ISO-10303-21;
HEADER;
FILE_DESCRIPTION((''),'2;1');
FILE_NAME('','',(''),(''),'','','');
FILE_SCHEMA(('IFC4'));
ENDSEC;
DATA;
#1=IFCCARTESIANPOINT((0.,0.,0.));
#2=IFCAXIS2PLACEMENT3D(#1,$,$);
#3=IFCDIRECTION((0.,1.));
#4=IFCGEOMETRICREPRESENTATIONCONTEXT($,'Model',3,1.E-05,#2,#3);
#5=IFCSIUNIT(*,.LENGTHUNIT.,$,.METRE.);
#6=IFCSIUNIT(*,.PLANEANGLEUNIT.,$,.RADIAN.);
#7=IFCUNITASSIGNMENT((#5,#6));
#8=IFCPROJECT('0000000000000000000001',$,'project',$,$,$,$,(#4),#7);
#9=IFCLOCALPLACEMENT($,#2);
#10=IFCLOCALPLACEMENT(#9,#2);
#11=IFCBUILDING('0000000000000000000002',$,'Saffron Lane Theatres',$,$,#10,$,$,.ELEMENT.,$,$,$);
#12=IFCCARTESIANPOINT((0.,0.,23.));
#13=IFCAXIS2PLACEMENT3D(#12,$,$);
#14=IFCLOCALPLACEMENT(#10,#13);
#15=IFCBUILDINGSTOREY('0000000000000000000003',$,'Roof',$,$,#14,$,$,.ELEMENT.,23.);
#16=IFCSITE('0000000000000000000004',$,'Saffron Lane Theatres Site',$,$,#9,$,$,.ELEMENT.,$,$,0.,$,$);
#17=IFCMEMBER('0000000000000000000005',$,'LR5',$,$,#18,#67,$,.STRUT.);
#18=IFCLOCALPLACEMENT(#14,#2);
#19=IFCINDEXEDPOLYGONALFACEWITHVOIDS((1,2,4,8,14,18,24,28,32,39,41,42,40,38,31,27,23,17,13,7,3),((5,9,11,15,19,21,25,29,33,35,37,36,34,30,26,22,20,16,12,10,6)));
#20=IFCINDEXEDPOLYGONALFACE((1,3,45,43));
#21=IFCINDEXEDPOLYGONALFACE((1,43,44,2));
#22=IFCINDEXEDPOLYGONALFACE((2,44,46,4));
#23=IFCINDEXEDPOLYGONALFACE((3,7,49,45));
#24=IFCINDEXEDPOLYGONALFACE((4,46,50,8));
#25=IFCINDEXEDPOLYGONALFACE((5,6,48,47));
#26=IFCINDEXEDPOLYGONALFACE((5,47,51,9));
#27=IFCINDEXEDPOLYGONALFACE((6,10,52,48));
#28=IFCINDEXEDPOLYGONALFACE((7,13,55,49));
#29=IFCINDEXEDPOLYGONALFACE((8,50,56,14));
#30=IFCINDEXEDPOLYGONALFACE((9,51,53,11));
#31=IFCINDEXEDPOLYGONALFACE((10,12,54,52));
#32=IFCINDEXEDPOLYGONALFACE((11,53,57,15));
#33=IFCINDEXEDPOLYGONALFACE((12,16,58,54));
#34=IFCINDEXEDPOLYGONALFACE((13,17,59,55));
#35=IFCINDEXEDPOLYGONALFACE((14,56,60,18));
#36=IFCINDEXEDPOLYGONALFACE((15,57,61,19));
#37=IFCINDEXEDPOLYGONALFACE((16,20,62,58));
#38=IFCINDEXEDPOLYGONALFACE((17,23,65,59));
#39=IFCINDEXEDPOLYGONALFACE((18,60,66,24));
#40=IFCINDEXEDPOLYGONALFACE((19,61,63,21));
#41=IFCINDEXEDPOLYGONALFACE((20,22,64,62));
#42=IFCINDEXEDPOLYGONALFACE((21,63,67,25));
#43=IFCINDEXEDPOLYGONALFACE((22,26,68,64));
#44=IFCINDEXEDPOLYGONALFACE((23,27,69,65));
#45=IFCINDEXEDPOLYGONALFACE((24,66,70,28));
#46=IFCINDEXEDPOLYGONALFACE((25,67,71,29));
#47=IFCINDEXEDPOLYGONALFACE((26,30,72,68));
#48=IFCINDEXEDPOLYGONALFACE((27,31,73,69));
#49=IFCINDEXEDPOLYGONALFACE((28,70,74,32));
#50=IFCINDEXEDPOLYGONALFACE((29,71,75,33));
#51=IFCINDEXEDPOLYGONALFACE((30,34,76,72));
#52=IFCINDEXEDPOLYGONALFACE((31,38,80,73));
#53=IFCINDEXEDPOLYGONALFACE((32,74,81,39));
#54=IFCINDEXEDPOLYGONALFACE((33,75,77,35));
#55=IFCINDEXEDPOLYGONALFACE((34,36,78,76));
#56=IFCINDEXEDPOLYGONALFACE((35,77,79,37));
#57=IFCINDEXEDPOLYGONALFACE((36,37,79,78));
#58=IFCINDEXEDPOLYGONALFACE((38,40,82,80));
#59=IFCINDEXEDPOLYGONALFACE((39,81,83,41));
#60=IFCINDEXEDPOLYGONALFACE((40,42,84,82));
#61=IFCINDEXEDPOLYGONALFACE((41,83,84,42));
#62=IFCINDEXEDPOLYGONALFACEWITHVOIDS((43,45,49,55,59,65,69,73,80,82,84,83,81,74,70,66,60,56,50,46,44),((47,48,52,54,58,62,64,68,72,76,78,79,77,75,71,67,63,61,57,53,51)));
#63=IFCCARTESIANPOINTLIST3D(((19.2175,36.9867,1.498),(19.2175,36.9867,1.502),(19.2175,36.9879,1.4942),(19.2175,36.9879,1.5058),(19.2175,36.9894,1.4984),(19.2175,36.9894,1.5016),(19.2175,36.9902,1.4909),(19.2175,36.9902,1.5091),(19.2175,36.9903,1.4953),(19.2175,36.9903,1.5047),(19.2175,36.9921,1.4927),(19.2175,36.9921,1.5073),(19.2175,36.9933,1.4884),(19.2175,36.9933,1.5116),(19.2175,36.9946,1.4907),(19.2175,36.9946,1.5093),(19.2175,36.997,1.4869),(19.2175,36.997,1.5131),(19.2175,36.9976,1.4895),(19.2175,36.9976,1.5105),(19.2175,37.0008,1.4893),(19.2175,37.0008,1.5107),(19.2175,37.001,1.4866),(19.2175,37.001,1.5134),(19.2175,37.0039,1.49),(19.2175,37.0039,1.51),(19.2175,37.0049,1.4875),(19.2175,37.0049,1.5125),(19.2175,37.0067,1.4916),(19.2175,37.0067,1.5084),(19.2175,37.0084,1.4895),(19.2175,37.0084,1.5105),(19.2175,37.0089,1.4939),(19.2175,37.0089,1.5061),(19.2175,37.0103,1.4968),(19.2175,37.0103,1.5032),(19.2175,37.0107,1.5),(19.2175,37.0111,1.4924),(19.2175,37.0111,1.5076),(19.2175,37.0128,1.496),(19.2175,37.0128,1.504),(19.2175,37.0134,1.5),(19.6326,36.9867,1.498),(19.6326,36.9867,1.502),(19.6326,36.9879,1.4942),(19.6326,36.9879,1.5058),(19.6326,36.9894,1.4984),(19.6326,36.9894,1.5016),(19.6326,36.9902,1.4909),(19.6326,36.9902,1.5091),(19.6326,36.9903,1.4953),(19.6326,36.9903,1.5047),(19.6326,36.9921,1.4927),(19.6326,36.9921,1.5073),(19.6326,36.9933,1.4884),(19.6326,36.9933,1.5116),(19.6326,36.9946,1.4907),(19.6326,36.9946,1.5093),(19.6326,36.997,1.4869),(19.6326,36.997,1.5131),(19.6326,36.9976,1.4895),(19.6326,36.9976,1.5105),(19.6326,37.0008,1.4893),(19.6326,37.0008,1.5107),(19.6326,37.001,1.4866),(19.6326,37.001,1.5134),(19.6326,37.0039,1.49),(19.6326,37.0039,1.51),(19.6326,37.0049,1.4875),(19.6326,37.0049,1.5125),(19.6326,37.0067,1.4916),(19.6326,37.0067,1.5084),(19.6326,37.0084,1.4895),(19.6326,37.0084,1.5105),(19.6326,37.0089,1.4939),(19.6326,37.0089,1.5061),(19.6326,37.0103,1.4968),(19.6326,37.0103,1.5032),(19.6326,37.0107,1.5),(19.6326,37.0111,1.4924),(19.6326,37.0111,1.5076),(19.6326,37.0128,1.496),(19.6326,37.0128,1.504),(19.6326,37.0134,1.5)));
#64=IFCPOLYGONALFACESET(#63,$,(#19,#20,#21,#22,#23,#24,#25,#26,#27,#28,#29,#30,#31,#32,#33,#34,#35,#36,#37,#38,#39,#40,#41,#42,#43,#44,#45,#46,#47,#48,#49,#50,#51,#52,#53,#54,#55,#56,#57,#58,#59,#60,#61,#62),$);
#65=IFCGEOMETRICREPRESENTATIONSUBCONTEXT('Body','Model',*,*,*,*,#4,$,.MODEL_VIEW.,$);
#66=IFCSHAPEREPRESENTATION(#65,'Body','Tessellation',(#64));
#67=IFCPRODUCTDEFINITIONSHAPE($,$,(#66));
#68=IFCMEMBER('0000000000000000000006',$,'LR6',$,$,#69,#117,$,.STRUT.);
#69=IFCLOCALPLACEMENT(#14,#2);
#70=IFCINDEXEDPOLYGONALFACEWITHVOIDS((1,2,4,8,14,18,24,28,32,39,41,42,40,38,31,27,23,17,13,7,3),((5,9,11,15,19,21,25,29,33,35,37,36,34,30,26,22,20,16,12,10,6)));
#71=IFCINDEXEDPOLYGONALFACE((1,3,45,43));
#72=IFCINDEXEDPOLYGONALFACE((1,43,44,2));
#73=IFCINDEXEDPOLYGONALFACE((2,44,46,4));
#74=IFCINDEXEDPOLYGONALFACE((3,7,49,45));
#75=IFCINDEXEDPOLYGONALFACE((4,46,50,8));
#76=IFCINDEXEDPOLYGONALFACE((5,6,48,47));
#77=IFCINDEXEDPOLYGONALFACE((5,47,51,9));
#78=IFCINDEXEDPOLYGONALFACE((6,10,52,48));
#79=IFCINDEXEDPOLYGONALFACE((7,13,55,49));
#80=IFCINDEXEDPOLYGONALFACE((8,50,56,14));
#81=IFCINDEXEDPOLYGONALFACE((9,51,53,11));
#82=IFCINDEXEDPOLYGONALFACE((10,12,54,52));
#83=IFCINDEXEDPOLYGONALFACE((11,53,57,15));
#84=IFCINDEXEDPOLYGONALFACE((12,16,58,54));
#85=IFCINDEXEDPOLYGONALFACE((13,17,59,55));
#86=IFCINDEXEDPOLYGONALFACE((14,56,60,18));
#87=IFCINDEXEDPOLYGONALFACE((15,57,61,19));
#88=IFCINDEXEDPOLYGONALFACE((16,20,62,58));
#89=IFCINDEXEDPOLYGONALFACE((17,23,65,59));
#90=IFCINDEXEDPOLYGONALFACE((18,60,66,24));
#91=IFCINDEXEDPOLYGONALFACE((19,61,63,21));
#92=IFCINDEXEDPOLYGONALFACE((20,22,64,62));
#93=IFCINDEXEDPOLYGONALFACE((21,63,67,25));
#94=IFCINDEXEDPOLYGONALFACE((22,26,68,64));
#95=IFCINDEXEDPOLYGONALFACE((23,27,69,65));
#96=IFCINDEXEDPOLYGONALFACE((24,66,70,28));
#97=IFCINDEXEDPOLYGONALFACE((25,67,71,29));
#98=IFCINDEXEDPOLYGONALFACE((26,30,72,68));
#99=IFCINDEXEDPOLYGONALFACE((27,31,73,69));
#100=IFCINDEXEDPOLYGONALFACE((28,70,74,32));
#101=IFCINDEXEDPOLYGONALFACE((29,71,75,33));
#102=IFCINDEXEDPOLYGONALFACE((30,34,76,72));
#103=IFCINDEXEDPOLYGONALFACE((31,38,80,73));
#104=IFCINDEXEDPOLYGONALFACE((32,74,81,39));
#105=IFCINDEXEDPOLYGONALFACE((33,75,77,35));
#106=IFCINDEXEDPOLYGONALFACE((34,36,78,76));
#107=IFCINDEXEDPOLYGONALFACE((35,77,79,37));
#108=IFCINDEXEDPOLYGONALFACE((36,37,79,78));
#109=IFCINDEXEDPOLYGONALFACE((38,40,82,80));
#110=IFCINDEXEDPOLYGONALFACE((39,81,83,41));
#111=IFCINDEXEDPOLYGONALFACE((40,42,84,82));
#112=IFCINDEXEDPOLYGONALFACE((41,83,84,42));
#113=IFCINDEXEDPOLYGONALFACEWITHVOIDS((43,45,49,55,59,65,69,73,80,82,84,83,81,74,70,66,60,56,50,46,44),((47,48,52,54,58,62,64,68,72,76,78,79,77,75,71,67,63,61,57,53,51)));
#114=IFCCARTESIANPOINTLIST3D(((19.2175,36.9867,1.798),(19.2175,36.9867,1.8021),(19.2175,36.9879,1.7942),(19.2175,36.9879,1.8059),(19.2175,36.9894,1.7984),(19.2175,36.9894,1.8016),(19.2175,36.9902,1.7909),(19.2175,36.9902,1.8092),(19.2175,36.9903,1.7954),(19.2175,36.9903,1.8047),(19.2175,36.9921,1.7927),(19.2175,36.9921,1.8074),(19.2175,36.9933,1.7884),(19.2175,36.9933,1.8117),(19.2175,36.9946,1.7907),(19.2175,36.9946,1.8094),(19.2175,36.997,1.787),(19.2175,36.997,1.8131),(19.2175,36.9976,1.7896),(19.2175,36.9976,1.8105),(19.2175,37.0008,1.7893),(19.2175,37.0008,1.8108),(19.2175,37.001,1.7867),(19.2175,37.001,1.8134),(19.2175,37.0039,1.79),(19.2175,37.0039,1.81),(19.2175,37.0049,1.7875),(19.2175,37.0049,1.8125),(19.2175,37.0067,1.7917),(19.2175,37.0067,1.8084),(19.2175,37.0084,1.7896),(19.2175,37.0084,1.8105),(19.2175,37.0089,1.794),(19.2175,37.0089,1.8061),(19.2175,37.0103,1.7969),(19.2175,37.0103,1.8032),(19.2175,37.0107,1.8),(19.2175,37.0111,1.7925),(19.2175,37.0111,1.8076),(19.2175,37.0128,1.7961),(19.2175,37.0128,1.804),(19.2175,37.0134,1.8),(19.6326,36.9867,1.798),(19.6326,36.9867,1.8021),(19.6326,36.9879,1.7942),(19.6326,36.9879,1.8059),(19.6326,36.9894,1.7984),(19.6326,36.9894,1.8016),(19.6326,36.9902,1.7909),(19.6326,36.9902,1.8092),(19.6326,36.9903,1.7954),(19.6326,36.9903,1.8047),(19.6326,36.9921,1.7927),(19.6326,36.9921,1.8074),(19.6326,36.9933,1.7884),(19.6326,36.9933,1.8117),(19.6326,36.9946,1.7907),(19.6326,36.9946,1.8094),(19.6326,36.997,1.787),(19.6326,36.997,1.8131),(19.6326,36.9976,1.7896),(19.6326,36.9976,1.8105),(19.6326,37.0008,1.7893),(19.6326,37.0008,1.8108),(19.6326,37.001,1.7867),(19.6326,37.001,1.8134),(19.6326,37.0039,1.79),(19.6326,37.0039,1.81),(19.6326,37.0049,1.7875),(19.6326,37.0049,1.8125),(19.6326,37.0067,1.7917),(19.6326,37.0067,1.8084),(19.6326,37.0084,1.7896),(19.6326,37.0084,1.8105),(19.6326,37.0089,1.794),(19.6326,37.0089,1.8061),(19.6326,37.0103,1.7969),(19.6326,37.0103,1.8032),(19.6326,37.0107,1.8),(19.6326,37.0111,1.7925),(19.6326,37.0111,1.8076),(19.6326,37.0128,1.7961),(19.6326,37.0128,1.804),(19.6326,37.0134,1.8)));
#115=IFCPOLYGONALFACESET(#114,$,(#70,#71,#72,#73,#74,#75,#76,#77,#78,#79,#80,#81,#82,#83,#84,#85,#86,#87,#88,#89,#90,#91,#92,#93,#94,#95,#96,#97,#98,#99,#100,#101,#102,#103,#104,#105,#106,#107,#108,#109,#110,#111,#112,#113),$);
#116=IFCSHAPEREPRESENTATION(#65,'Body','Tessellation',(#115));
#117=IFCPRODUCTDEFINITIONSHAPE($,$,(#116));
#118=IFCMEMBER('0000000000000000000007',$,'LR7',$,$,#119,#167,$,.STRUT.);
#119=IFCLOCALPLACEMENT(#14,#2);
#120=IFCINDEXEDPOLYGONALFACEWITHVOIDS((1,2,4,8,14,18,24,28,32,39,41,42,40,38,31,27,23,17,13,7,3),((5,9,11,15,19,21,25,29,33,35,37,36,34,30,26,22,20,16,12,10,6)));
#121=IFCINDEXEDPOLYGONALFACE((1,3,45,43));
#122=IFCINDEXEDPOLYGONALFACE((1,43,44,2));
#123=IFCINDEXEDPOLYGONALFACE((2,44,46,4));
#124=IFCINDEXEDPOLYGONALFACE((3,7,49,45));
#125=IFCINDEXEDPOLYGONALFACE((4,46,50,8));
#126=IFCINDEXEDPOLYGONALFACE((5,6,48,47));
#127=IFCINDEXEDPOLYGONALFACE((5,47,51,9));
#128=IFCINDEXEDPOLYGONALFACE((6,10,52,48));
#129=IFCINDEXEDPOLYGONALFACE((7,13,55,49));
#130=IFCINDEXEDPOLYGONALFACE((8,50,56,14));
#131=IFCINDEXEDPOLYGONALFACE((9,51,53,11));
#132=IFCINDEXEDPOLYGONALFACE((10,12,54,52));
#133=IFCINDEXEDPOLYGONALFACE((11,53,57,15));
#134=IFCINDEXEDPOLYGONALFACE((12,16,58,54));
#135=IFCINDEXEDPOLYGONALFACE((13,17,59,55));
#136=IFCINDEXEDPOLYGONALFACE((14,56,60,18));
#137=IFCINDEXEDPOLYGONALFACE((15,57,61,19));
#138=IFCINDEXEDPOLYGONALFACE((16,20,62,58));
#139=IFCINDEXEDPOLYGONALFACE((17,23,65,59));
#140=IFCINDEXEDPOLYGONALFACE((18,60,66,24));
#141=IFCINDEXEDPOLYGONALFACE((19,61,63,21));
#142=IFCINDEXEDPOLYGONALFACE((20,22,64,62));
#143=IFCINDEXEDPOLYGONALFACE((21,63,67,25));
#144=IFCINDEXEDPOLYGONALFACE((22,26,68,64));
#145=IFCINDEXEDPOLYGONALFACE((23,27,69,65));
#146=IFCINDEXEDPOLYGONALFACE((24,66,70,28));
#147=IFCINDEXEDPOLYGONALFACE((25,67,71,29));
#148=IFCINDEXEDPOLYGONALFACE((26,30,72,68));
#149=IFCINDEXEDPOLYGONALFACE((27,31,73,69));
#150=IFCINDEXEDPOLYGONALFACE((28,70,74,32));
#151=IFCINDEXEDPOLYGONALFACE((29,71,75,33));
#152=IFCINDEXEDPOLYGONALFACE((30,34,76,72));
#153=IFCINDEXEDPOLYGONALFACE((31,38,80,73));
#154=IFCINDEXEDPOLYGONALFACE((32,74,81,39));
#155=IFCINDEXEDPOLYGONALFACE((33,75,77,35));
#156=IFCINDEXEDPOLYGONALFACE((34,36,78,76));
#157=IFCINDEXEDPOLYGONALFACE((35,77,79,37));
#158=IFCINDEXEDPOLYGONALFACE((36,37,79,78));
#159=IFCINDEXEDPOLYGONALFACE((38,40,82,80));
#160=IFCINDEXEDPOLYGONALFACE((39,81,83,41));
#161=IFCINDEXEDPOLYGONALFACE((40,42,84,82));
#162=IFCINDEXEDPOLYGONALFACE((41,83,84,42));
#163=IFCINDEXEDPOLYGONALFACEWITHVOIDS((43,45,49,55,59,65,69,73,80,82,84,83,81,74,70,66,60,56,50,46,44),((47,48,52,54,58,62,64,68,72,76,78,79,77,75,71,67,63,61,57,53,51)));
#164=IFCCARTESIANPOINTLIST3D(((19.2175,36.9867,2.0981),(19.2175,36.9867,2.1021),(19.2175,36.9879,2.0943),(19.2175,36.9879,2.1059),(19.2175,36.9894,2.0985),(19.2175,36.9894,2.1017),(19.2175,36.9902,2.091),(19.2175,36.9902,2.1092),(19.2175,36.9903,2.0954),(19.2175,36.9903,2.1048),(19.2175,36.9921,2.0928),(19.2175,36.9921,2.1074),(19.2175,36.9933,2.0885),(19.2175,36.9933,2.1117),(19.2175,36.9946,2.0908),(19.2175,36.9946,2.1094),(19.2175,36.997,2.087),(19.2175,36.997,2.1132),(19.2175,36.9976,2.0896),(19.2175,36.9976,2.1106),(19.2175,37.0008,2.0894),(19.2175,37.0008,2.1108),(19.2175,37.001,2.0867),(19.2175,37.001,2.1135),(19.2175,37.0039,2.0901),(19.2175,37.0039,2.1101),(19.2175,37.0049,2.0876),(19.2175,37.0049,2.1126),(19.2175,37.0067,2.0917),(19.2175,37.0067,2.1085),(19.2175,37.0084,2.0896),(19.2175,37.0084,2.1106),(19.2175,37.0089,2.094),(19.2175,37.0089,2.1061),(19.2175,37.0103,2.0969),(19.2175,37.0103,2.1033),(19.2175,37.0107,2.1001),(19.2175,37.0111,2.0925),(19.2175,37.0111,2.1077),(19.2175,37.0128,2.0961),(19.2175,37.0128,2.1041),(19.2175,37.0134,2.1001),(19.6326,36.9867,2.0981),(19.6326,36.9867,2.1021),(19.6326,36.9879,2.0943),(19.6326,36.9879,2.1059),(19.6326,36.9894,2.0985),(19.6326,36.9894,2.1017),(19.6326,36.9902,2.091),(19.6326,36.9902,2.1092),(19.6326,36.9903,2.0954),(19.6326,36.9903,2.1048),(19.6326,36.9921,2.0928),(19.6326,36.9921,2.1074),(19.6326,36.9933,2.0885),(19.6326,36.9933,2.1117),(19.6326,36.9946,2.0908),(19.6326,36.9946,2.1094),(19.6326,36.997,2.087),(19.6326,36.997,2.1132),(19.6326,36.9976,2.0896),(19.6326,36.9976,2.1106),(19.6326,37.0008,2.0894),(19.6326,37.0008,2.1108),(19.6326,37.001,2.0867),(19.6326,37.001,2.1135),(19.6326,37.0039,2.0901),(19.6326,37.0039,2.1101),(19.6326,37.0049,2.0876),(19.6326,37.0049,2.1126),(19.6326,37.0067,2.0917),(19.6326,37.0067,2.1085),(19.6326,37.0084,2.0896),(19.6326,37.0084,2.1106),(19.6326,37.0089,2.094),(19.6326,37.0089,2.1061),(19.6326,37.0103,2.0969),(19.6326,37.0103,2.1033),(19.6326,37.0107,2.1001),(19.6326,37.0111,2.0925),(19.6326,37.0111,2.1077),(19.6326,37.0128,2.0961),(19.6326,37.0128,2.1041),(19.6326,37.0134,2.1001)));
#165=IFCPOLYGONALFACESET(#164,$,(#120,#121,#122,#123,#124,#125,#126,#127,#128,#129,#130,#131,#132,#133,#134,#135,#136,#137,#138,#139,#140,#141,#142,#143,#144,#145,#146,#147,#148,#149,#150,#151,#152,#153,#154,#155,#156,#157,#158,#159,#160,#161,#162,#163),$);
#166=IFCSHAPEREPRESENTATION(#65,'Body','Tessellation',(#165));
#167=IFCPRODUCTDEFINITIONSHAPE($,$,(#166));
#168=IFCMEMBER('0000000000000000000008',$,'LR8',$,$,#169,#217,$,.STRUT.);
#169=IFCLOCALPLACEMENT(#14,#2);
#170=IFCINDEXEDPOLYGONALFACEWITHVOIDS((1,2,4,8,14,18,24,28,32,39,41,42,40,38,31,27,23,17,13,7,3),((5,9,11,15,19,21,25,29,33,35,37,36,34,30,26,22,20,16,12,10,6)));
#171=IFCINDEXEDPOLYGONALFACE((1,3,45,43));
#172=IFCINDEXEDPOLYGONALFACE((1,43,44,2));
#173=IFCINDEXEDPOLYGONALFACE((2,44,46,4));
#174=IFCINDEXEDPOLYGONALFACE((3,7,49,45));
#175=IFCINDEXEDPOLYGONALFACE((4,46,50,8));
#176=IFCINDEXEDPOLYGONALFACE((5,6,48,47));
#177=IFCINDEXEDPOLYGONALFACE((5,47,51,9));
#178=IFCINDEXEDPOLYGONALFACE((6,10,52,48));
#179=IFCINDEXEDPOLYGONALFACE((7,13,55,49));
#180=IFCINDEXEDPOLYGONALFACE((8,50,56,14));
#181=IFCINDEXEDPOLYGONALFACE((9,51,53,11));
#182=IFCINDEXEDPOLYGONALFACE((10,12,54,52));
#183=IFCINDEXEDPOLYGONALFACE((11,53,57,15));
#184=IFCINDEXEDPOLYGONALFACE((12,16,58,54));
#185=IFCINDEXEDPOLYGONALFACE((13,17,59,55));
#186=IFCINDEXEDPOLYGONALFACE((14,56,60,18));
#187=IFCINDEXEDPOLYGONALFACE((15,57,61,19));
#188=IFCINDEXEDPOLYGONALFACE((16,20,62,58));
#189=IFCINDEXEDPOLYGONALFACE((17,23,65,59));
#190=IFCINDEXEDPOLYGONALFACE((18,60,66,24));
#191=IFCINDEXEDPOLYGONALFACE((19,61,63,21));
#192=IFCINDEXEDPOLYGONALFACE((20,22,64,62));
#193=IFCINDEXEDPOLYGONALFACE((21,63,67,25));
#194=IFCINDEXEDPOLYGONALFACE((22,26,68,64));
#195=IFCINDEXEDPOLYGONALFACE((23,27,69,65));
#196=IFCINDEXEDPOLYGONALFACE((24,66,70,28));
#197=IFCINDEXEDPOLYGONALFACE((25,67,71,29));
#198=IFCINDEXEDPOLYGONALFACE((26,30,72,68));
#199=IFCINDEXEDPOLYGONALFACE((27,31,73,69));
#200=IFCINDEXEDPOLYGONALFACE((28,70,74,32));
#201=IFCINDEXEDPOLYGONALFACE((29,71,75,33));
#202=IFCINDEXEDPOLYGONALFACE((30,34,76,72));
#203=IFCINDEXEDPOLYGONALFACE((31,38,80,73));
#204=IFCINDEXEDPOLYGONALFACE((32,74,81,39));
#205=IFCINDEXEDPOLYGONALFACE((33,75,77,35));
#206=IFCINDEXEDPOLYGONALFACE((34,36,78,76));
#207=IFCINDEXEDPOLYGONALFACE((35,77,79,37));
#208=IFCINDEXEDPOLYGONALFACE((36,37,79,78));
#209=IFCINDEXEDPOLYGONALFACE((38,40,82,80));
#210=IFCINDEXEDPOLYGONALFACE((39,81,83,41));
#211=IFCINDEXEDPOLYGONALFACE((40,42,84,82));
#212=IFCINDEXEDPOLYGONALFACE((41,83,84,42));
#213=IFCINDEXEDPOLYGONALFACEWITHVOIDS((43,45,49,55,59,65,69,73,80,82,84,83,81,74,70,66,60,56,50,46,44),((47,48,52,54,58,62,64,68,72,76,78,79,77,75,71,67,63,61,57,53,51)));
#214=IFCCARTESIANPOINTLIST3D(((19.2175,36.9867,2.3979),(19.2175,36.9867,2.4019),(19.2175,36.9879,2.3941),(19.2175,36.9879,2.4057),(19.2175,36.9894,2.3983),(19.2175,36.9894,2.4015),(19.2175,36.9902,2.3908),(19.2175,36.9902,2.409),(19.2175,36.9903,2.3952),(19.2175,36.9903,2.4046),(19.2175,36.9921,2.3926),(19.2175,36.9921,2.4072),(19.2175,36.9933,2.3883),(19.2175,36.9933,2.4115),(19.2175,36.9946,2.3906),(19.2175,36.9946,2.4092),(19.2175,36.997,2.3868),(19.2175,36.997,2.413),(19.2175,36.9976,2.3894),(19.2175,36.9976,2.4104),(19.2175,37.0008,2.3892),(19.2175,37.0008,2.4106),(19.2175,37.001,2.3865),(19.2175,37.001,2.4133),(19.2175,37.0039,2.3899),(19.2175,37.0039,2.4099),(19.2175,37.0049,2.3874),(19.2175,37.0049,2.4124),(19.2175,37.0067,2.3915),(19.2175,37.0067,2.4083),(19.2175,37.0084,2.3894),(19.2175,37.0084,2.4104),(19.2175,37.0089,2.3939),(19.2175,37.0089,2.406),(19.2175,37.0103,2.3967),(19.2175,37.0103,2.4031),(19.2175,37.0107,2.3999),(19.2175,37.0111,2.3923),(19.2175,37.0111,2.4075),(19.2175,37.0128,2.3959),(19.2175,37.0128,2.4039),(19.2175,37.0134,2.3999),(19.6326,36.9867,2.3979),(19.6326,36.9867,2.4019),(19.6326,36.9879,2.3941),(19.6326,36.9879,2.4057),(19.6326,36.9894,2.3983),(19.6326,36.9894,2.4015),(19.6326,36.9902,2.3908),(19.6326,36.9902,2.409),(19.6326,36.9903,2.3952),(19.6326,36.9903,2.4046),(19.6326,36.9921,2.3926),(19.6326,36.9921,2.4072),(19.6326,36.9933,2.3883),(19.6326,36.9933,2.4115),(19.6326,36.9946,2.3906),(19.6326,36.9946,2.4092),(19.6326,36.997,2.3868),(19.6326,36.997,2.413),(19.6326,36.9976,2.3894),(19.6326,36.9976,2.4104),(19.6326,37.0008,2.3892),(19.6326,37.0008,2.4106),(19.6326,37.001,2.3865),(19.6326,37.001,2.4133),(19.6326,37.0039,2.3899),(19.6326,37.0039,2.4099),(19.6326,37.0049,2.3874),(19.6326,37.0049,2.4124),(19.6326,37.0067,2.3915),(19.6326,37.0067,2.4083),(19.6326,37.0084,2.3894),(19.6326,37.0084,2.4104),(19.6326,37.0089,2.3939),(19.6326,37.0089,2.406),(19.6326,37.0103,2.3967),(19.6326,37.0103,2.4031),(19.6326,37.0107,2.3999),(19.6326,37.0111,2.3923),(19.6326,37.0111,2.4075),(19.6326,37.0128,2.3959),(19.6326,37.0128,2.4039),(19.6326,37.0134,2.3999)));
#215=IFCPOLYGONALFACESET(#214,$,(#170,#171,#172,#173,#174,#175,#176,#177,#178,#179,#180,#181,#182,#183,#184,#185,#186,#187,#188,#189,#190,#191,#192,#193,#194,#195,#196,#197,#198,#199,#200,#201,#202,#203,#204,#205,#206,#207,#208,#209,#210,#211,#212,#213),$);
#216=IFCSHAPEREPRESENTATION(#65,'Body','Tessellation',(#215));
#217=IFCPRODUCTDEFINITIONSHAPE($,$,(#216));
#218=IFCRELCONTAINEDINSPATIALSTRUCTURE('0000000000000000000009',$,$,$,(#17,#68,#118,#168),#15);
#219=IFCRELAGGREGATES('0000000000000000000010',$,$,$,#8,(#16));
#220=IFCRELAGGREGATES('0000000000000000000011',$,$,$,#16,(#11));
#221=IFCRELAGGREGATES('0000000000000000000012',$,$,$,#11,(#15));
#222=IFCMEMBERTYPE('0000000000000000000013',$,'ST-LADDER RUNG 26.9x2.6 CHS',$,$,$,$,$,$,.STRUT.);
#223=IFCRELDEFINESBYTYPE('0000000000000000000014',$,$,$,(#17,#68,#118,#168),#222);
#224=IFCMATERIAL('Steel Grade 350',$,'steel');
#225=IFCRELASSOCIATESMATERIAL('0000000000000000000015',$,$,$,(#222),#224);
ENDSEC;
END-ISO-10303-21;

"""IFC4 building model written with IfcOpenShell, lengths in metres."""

from ifc_helpers import new_model, si_unit, direction, frame, origin, origin_2d, place, context, subcontext, project, spatial, hollow_circle, extrude, material, material_profile, profile_set, type_object, element, save


model = new_model("IFC4")

# Units and contexts
model_context = context("Model", 3, precision=1e-05, world=origin(), true_north=direction((0.0, 1.0)))
body_context = subcontext(model_context, "Body", "Model", "MODEL_VIEW")
ifc_project = project(units=[si_unit("LENGTHUNIT", "METRE"), si_unit("PLANEANGLEUNIT", "RADIAN")], contexts=[model_context])

# Site, building, storey
site_placement = place(None, origin())
site = spatial("IfcSite", under=ifc_project, at=site_placement, Name="Saffron Lane Theatres Site", CompositionType="ELEMENT", RefElevation=0.0)
building_placement = place(site_placement, origin())
building = spatial("IfcBuilding", under=site, at=building_placement, Name="Saffron Lane Theatres", CompositionType="ELEMENT")
storey_placement = place(building_placement, frame((0.0, 0.0, 23.0)))
storey = spatial("IfcBuildingStorey", under=building, at=storey_placement, Name="Roof", CompositionType="ELEMENT", Elevation=23.0)

# Members
ifc_material_1 = material(Name="Steel Grade 350", Category="steel")
ifc_material_profile_1 = material_profile(ifc_material_1, hollow_circle(Radius=0.0134, WallThickness=0.0027, at=origin_2d()))
ifc_profile_set_1 = profile_set([ifc_material_profile_1], Name="Steel Grade 350")
member_type_1 = type_object("IfcMemberType", Name="ST-LADDER RUNG 26.9x2.6 CHS", PredefinedType="STRUT", material=ifc_profile_set_1)
for number, where, z_axis, x_axis, name in (
    (1, (19.2175, 37.0, 1.5), (1.0, 0.0, 0.0), (0.0, 1.0, 0.0), "LR5"),
    (2, (19.2175, 37.0, 1.8), (1.0, 0.0, 0.0), (0.0, 1.0, 0.0), "LR6"),
    (3, (19.2175, 37.0, 2.1001), (1.0, 0.0, 0.0), (0.0, 1.0, 0.0), "LR7"),
    (4, (19.2175, 37.0, 2.3999), (1.0, 0.0, 0.0), (0.0, 1.0, 0.0), "LR8"),
):
    element("IfcMember", number, at=place(storey_placement, frame(where, z_axis=z_axis, x_axis=x_axis)), inside=storey, type_object=member_type_1, Name=name, PredefinedType="STRUT", context=body_context, shape_type="SweptSolid", body=[
        extrude(hollow_circle(Radius=0.0134, WallThickness=0.0027, at=origin_2d()), origin(), (0.0, 0.0, 1.0), 0.415),
    ])

save(model, "model.ifc")
